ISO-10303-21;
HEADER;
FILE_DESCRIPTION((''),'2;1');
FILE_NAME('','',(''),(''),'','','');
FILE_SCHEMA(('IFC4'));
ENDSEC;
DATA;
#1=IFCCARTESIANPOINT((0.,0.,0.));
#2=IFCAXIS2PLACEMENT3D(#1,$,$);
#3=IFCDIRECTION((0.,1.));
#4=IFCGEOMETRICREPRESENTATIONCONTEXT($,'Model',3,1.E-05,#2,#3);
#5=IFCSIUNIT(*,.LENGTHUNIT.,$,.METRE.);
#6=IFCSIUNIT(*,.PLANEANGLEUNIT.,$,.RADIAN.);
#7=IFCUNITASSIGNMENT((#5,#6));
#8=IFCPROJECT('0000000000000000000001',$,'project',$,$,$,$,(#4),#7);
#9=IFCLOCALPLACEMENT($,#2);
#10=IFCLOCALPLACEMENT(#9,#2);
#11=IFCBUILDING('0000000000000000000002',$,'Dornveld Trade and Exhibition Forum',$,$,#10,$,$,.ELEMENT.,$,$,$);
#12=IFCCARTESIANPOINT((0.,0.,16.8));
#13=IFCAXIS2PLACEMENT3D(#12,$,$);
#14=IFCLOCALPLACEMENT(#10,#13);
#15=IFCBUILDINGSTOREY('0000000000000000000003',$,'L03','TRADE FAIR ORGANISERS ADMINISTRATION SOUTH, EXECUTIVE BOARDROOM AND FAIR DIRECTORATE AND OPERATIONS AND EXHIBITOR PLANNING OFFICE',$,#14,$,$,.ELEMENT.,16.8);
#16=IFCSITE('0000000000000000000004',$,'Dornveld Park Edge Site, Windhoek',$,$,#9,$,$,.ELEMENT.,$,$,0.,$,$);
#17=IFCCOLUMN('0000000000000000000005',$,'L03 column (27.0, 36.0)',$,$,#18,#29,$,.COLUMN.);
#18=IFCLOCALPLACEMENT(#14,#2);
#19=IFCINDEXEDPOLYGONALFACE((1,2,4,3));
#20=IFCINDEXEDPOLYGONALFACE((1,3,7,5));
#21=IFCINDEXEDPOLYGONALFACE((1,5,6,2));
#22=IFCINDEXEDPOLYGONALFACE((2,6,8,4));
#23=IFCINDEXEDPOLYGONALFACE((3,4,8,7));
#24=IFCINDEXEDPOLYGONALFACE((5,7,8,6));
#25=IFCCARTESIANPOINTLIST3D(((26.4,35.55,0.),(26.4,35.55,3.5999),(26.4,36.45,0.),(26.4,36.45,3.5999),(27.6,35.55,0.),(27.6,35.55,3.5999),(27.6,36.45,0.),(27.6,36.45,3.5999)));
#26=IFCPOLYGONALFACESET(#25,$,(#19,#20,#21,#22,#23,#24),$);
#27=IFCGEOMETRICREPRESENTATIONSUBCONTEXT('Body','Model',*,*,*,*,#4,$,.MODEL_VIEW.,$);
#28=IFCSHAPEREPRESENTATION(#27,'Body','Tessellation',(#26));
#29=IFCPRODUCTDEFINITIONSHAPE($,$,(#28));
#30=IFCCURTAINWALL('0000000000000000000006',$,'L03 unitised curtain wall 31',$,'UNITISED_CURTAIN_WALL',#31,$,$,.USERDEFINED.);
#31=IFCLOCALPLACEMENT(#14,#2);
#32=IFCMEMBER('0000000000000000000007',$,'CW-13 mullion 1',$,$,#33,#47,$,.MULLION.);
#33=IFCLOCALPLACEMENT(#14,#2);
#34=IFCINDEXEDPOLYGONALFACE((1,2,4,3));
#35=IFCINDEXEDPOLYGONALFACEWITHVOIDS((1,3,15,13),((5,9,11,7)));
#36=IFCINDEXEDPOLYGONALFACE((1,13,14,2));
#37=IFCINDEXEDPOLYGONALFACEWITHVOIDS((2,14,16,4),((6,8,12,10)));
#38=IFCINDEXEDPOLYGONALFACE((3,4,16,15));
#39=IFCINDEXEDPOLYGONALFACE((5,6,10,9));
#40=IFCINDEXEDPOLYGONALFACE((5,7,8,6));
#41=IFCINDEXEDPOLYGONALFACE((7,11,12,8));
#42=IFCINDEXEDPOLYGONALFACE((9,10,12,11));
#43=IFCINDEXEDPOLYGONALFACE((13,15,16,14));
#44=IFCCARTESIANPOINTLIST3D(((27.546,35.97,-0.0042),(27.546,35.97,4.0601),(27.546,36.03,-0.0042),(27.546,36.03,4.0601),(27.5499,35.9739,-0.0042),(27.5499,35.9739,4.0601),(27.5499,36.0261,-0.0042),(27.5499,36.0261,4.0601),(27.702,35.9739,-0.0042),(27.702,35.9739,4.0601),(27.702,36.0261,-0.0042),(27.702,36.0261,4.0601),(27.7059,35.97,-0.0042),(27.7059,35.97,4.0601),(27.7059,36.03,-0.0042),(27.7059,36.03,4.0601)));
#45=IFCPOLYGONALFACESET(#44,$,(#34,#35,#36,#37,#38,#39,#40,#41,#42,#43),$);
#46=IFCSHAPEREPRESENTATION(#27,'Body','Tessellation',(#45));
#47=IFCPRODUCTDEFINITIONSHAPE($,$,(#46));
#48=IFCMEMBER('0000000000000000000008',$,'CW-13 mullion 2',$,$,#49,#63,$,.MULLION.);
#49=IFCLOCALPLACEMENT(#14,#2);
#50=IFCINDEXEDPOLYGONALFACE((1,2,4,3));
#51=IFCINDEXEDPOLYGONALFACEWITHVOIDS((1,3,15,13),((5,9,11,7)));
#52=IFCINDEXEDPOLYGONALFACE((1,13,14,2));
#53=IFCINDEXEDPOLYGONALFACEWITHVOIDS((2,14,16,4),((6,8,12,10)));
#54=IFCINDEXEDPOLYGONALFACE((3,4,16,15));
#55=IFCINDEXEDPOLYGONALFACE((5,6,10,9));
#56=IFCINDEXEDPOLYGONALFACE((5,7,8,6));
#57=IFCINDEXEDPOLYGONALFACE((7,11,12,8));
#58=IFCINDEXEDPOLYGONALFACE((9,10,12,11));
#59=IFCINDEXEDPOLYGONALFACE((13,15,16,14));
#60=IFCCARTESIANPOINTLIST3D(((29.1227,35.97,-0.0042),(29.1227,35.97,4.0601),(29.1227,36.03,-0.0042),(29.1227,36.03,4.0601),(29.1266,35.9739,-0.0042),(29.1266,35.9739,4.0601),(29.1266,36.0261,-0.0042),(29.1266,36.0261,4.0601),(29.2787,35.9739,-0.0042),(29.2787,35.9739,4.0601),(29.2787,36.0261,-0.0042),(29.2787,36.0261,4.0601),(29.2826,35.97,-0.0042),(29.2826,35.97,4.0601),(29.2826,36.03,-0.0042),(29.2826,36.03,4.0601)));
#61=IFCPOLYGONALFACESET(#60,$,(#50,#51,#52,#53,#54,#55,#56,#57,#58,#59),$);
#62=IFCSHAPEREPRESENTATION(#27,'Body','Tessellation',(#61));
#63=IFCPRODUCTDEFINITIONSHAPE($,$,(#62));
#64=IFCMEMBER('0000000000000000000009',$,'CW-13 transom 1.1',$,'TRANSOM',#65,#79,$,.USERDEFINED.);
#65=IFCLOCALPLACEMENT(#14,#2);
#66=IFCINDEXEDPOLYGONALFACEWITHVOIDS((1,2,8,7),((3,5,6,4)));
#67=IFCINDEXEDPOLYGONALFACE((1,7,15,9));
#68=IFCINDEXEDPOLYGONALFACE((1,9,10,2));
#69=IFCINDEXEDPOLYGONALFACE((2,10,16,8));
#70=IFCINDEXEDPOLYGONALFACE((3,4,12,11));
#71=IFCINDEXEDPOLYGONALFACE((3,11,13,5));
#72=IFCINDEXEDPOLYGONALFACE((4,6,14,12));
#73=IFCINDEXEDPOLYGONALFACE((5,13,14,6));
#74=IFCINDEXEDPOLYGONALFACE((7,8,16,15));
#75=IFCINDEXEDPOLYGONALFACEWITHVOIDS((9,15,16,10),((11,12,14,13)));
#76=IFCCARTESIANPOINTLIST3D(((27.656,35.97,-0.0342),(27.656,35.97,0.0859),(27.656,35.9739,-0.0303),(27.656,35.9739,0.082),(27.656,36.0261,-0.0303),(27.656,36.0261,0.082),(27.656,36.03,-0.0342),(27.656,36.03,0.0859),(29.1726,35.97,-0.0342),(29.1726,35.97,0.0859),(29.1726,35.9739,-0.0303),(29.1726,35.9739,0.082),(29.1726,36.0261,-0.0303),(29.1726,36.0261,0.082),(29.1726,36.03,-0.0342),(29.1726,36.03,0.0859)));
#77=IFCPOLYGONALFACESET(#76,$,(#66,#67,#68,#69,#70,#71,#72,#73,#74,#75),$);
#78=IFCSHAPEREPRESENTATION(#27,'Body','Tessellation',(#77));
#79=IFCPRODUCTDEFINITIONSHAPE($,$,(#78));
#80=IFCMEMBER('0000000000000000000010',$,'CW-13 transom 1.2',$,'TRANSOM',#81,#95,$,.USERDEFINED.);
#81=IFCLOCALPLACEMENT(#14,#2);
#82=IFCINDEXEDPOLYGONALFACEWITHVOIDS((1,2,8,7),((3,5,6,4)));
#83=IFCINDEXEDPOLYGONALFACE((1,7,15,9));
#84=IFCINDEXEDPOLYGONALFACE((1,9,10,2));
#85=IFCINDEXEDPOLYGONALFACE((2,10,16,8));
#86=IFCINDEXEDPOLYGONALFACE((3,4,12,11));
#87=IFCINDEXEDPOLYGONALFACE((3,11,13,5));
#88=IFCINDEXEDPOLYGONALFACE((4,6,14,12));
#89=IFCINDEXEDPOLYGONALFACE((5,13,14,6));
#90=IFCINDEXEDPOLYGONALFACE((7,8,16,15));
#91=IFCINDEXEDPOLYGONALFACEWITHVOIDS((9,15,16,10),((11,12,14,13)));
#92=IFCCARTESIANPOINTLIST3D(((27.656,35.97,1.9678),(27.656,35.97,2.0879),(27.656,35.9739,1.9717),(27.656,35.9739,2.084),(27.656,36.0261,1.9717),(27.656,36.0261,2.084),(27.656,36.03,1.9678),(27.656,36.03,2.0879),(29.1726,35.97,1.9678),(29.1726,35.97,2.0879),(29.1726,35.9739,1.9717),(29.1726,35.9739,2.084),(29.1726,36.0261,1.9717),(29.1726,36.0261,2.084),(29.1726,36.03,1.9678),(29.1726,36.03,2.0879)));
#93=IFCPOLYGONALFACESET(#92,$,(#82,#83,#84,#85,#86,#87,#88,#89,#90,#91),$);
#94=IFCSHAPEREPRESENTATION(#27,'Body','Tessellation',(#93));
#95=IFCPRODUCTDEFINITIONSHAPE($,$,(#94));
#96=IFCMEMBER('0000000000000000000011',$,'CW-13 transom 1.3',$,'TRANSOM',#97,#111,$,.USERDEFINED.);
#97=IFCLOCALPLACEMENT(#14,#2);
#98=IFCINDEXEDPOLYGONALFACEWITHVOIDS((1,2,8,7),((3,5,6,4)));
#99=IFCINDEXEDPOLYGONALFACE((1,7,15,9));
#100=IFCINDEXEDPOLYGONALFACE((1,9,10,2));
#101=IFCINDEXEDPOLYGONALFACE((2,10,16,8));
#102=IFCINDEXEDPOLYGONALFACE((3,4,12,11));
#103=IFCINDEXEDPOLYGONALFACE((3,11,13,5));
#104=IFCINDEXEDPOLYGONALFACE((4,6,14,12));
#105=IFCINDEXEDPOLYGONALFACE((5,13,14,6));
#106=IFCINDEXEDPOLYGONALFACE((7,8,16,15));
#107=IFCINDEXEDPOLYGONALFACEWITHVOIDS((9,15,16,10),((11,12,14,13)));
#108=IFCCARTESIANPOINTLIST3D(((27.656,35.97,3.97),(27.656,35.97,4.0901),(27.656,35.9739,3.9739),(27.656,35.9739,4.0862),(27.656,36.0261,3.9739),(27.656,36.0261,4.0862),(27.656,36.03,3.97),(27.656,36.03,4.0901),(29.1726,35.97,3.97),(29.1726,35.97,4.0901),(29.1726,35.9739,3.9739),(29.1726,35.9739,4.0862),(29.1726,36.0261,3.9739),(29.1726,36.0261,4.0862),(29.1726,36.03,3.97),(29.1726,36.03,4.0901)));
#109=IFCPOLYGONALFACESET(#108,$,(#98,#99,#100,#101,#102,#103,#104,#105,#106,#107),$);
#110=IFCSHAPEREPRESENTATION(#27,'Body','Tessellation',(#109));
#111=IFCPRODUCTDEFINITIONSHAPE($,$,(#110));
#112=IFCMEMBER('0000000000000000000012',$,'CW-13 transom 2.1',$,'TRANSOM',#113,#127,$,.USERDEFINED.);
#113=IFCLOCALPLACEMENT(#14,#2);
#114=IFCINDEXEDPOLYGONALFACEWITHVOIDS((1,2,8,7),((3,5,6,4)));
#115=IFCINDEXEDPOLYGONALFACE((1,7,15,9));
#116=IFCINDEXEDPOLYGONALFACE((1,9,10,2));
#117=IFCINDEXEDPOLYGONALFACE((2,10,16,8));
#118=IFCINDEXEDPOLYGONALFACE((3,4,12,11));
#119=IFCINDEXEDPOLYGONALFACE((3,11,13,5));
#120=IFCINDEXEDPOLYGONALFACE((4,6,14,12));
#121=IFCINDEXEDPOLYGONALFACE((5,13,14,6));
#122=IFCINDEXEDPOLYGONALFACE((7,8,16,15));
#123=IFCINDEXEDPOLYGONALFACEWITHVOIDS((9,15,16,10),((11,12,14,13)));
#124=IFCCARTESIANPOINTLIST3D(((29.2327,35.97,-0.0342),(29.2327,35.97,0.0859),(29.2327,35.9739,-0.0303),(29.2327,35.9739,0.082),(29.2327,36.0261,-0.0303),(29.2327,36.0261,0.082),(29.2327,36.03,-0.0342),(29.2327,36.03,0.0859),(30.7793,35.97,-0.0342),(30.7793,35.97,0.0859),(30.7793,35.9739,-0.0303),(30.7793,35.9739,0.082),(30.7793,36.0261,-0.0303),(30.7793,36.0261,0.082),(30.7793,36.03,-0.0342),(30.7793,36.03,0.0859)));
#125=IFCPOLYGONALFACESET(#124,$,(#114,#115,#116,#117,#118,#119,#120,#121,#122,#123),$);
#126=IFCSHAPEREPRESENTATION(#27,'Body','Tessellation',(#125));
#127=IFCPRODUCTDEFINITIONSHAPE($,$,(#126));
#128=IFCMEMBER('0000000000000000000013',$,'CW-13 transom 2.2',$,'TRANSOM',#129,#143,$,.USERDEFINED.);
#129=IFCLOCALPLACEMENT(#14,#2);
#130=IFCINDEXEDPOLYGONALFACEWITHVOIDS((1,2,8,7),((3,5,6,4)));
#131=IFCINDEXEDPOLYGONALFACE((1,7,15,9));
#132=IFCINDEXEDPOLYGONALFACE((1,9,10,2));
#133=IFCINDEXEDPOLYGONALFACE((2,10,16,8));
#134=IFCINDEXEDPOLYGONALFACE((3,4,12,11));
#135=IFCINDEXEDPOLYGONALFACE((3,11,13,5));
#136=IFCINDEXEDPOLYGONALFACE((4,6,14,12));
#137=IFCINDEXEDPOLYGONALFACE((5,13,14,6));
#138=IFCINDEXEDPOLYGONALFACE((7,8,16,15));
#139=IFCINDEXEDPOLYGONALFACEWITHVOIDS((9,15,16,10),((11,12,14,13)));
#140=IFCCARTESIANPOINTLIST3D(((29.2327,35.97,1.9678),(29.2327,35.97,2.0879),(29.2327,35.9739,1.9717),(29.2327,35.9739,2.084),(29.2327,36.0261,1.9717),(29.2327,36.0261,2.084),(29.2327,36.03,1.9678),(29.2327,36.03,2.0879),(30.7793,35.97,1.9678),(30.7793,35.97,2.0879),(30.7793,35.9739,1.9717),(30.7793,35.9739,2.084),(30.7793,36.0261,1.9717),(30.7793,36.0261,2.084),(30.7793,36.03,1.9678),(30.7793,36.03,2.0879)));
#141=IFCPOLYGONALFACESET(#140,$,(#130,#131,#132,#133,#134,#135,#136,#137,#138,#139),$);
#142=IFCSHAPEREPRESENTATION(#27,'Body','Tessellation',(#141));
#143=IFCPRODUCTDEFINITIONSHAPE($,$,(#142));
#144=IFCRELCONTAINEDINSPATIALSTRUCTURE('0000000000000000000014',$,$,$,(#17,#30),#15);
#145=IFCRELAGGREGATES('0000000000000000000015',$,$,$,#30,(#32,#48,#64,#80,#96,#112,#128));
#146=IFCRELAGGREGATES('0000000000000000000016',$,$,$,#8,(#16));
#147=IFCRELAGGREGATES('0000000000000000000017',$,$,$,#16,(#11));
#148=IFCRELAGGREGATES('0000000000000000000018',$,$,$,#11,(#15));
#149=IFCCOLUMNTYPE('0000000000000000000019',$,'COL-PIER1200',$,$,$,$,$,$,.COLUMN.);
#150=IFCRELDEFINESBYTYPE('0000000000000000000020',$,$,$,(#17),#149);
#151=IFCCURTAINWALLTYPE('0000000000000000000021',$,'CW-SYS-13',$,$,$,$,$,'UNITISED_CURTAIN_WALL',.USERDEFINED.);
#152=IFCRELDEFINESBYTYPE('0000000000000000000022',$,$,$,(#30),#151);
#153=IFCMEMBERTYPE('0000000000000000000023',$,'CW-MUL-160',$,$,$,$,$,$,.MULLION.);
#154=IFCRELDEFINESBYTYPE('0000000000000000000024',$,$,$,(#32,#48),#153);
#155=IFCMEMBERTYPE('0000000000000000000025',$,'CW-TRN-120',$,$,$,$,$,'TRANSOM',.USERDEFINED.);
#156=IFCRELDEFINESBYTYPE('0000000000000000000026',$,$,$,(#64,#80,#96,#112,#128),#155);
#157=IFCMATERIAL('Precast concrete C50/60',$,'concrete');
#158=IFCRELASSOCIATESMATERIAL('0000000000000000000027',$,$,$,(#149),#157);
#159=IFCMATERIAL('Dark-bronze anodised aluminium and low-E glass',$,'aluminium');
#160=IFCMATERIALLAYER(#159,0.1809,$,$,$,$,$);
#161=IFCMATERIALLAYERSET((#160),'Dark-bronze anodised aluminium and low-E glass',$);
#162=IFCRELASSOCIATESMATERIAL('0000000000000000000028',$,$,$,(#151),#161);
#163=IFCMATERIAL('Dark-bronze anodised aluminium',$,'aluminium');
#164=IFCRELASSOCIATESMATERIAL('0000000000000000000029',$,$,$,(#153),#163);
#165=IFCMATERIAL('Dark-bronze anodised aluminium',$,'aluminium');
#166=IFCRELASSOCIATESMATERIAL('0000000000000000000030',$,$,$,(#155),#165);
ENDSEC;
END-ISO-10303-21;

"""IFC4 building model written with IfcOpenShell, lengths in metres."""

from ifc_helpers import new_model, si_unit, direction, frame, origin, origin_2d, place, context, subcontext, project, spatial, rectangle, hollow_rectangle, extrude, material, layer, layer_set, material_profile, profile_set, type_object, element, aggregate, save


model = new_model("IFC4")

# Units and contexts
model_context = context("Model", 3, precision=1e-05, world=origin(), true_north=direction((0.0, 1.0)))
body_context = subcontext(model_context, "Body", "Model", "MODEL_VIEW")
ifc_project = project(units=[si_unit("LENGTHUNIT", "METRE"), si_unit("PLANEANGLEUNIT", "RADIAN")], contexts=[model_context])

# Site, building, storey
site_placement = place(None, origin())
site = spatial("IfcSite", under=ifc_project, at=site_placement, Name="Dornveld Park Edge Site, Windhoek", CompositionType="ELEMENT", RefElevation=0.0)
building_placement = place(site_placement, origin())
building = spatial("IfcBuilding", under=site, at=building_placement, Name="Dornveld Trade and Exhibition Forum", CompositionType="ELEMENT")
storey_placement = place(building_placement, frame((0.0, 0.0, 16.8)))
storey = spatial("IfcBuildingStorey", under=building, at=storey_placement, Name="L03", Description="TRADE FAIR ORGANISERS ADMINISTRATION SOUTH, EXECUTIVE BOARDROOM AND FAIR DIRECTORATE AND OPERATIONS AND EXHIBITOR PLANNING OFFICE", CompositionType="ELEMENT", Elevation=16.8)

# Column
ifc_material_1 = material(Name="Precast concrete C50/60", Category="concrete")
ifc_material_profile_1 = material_profile(ifc_material_1, rectangle(XDim=1.2, YDim=0.8999, at=origin_2d()), Name="PC-PIER 1200x900")
ifc_profile_set_1 = profile_set([ifc_material_profile_1], Name="Precast concrete C50/60")
column_type = type_object("IfcColumnType", Name="COL-PIER1200", PredefinedType="COLUMN", material=ifc_profile_set_1)
column_placement = place(storey_placement, frame((27.0, 36.0, 0.0), z_axis=(0.0, 0.0, 1.0), x_axis=(1.0, 0.0, 0.0)))
element("IfcColumn", 1, at=column_placement, inside=storey, type_object=column_type, Name="L03 column (27.0, 36.0)", PredefinedType="COLUMN", context=body_context, shape_type="SweptSolid", body=[
    extrude(rectangle(XDim=1.2, YDim=0.8999, at=origin_2d()), origin(), (0.0, 0.0, 1.0), 3.5999),
])

# Curtain wall, members
ifc_material_2 = material(Name="Dark-bronze anodised aluminium and low-E glass", Category="aluminium")
ifc_layer_1 = layer(ifc_material_2, 0.1809)
ifc_layer_set_1 = layer_set([ifc_layer_1], Name="Dark-bronze anodised aluminium and low-E glass")
curtain_wall_type = type_object("IfcCurtainWallType", Name="CW-SYS-13", ElementType="UNITISED_CURTAIN_WALL", PredefinedType="USERDEFINED", material=ifc_layer_set_1)
curtain_wall_placement = place(storey_placement, origin())
curtain_wall = element("IfcCurtainWall", 2, at=curtain_wall_placement, inside=storey, type_object=curtain_wall_type, Name="L03 unitised curtain wall 31", ObjectType="UNITISED_CURTAIN_WALL", PredefinedType="USERDEFINED")
ifc_material_3 = material(Name="Dark-bronze anodised aluminium", Category="aluminium")
ifc_material_profile_2 = material_profile(ifc_material_3, hollow_rectangle(XDim=0.0601, YDim=0.1599, WallThickness=0.0039, at=origin_2d()), Name="RHS 160x60x4")
ifc_profile_set_2 = profile_set([ifc_material_profile_2], Name="Dark-bronze anodised aluminium")
member_type_1 = type_object("IfcMemberType", Name="CW-MUL-160", PredefinedType="MULLION", material=ifc_profile_set_2)
member_1_placement = place(storey_placement, frame((27.626, 36.0, -0.0042), z_axis=(0.0, 0.0, 1.0), x_axis=(0.0, 1.0, 0.0)))
member_1 = element("IfcMember", 3, at=member_1_placement, type_object=member_type_1, Name="CW-13 mullion 1", PredefinedType="MULLION", context=body_context, shape_type="SweptSolid", body=[
    extrude(hollow_rectangle(XDim=0.0601, YDim=0.1599, WallThickness=0.0039, at=origin_2d()), origin(), (0.0, 0.0, 1.0), 4.0642),
])
member_2_placement = place(storey_placement, frame((29.2026, 36.0, -0.0042), z_axis=(0.0, 0.0, 1.0), x_axis=(0.0, 1.0, 0.0)))
member_2 = element("IfcMember", 4, at=member_2_placement, type_object=member_type_1, Name="CW-13 mullion 2", PredefinedType="MULLION", context=body_context, shape_type="SweptSolid", body=[
    extrude(hollow_rectangle(XDim=0.0601, YDim=0.1599, WallThickness=0.0039, at=origin_2d()), origin(), (0.0, 0.0, 1.0), 4.0642),
])
ifc_material_4 = material(Name="Dark-bronze anodised aluminium", Category="aluminium")
ifc_material_profile_3 = material_profile(ifc_material_4, hollow_rectangle(XDim=0.0601, YDim=0.1201, WallThickness=0.0039, at=origin_2d()), Name="RHS 120x60x4")
ifc_profile_set_3 = profile_set([ifc_material_profile_3], Name="Dark-bronze anodised aluminium")
member_type_2 = type_object("IfcMemberType", Name="CW-TRN-120", ElementType="TRANSOM", PredefinedType="USERDEFINED", material=ifc_profile_set_3)
member_3_placement = place(storey_placement, frame((27.656, 36.0, 0.0259), z_axis=(1.0, 0.0, 0.0), x_axis=(0.0, 1.0, 0.0)))
member_3 = element("IfcMember", 5, at=member_3_placement, type_object=member_type_2, Name="CW-13 transom 1.1", ObjectType="TRANSOM", PredefinedType="USERDEFINED", context=body_context, shape_type="SweptSolid", body=[
    extrude(hollow_rectangle(XDim=0.0601, YDim=0.1201, WallThickness=0.0039, at=origin_2d()), origin(), (0.0, 0.0, 1.0), 1.5166),
])
member_4_placement = place(storey_placement, frame((27.656, 36.0, 2.0278), z_axis=(1.0, 0.0, 0.0), x_axis=(0.0, 1.0, 0.0)))
member_4 = element("IfcMember", 6, at=member_4_placement, type_object=member_type_2, Name="CW-13 transom 1.2", ObjectType="TRANSOM", PredefinedType="USERDEFINED", context=body_context, shape_type="SweptSolid", body=[
    extrude(hollow_rectangle(XDim=0.0601, YDim=0.1201, WallThickness=0.0039, at=origin_2d()), origin(), (0.0, 0.0, 1.0), 1.5166),
])
member_5_placement = place(storey_placement, frame((27.656, 36.0, 4.03), z_axis=(1.0, 0.0, 0.0), x_axis=(0.0, 1.0, 0.0)))
member_5 = element("IfcMember", 7, at=member_5_placement, type_object=member_type_2, Name="CW-13 transom 1.3", ObjectType="TRANSOM", PredefinedType="USERDEFINED", context=body_context, shape_type="SweptSolid", body=[
    extrude(hollow_rectangle(XDim=0.0601, YDim=0.1201, WallThickness=0.0039, at=origin_2d()), origin(), (0.0, 0.0, 1.0), 1.5166),
])
member_6_placement = place(storey_placement, frame((29.2327, 36.0, 0.0259), z_axis=(1.0, 0.0, 0.0), x_axis=(0.0, 1.0, 0.0)))
member_6 = element("IfcMember", 8, at=member_6_placement, type_object=member_type_2, Name="CW-13 transom 2.1", ObjectType="TRANSOM", PredefinedType="USERDEFINED", context=body_context, shape_type="SweptSolid", body=[
    extrude(hollow_rectangle(XDim=0.0601, YDim=0.1201, WallThickness=0.0039, at=origin_2d()), origin(), (0.0, 0.0, 1.0), 1.5466),
])
member_7_placement = place(storey_placement, frame((29.2327, 36.0, 2.0278), z_axis=(1.0, 0.0, 0.0), x_axis=(0.0, 1.0, 0.0)))
member_7 = element("IfcMember", 9, at=member_7_placement, type_object=member_type_2, Name="CW-13 transom 2.2", ObjectType="TRANSOM", PredefinedType="USERDEFINED", context=body_context, shape_type="SweptSolid", body=[
    extrude(hollow_rectangle(XDim=0.0601, YDim=0.1201, WallThickness=0.0039, at=origin_2d()), origin(), (0.0, 0.0, 1.0), 1.5466),
])

aggregate(curtain_wall, [member_1, member_2, member_3, member_4, member_5, member_6, member_7])

save(model, "model.ifc")
